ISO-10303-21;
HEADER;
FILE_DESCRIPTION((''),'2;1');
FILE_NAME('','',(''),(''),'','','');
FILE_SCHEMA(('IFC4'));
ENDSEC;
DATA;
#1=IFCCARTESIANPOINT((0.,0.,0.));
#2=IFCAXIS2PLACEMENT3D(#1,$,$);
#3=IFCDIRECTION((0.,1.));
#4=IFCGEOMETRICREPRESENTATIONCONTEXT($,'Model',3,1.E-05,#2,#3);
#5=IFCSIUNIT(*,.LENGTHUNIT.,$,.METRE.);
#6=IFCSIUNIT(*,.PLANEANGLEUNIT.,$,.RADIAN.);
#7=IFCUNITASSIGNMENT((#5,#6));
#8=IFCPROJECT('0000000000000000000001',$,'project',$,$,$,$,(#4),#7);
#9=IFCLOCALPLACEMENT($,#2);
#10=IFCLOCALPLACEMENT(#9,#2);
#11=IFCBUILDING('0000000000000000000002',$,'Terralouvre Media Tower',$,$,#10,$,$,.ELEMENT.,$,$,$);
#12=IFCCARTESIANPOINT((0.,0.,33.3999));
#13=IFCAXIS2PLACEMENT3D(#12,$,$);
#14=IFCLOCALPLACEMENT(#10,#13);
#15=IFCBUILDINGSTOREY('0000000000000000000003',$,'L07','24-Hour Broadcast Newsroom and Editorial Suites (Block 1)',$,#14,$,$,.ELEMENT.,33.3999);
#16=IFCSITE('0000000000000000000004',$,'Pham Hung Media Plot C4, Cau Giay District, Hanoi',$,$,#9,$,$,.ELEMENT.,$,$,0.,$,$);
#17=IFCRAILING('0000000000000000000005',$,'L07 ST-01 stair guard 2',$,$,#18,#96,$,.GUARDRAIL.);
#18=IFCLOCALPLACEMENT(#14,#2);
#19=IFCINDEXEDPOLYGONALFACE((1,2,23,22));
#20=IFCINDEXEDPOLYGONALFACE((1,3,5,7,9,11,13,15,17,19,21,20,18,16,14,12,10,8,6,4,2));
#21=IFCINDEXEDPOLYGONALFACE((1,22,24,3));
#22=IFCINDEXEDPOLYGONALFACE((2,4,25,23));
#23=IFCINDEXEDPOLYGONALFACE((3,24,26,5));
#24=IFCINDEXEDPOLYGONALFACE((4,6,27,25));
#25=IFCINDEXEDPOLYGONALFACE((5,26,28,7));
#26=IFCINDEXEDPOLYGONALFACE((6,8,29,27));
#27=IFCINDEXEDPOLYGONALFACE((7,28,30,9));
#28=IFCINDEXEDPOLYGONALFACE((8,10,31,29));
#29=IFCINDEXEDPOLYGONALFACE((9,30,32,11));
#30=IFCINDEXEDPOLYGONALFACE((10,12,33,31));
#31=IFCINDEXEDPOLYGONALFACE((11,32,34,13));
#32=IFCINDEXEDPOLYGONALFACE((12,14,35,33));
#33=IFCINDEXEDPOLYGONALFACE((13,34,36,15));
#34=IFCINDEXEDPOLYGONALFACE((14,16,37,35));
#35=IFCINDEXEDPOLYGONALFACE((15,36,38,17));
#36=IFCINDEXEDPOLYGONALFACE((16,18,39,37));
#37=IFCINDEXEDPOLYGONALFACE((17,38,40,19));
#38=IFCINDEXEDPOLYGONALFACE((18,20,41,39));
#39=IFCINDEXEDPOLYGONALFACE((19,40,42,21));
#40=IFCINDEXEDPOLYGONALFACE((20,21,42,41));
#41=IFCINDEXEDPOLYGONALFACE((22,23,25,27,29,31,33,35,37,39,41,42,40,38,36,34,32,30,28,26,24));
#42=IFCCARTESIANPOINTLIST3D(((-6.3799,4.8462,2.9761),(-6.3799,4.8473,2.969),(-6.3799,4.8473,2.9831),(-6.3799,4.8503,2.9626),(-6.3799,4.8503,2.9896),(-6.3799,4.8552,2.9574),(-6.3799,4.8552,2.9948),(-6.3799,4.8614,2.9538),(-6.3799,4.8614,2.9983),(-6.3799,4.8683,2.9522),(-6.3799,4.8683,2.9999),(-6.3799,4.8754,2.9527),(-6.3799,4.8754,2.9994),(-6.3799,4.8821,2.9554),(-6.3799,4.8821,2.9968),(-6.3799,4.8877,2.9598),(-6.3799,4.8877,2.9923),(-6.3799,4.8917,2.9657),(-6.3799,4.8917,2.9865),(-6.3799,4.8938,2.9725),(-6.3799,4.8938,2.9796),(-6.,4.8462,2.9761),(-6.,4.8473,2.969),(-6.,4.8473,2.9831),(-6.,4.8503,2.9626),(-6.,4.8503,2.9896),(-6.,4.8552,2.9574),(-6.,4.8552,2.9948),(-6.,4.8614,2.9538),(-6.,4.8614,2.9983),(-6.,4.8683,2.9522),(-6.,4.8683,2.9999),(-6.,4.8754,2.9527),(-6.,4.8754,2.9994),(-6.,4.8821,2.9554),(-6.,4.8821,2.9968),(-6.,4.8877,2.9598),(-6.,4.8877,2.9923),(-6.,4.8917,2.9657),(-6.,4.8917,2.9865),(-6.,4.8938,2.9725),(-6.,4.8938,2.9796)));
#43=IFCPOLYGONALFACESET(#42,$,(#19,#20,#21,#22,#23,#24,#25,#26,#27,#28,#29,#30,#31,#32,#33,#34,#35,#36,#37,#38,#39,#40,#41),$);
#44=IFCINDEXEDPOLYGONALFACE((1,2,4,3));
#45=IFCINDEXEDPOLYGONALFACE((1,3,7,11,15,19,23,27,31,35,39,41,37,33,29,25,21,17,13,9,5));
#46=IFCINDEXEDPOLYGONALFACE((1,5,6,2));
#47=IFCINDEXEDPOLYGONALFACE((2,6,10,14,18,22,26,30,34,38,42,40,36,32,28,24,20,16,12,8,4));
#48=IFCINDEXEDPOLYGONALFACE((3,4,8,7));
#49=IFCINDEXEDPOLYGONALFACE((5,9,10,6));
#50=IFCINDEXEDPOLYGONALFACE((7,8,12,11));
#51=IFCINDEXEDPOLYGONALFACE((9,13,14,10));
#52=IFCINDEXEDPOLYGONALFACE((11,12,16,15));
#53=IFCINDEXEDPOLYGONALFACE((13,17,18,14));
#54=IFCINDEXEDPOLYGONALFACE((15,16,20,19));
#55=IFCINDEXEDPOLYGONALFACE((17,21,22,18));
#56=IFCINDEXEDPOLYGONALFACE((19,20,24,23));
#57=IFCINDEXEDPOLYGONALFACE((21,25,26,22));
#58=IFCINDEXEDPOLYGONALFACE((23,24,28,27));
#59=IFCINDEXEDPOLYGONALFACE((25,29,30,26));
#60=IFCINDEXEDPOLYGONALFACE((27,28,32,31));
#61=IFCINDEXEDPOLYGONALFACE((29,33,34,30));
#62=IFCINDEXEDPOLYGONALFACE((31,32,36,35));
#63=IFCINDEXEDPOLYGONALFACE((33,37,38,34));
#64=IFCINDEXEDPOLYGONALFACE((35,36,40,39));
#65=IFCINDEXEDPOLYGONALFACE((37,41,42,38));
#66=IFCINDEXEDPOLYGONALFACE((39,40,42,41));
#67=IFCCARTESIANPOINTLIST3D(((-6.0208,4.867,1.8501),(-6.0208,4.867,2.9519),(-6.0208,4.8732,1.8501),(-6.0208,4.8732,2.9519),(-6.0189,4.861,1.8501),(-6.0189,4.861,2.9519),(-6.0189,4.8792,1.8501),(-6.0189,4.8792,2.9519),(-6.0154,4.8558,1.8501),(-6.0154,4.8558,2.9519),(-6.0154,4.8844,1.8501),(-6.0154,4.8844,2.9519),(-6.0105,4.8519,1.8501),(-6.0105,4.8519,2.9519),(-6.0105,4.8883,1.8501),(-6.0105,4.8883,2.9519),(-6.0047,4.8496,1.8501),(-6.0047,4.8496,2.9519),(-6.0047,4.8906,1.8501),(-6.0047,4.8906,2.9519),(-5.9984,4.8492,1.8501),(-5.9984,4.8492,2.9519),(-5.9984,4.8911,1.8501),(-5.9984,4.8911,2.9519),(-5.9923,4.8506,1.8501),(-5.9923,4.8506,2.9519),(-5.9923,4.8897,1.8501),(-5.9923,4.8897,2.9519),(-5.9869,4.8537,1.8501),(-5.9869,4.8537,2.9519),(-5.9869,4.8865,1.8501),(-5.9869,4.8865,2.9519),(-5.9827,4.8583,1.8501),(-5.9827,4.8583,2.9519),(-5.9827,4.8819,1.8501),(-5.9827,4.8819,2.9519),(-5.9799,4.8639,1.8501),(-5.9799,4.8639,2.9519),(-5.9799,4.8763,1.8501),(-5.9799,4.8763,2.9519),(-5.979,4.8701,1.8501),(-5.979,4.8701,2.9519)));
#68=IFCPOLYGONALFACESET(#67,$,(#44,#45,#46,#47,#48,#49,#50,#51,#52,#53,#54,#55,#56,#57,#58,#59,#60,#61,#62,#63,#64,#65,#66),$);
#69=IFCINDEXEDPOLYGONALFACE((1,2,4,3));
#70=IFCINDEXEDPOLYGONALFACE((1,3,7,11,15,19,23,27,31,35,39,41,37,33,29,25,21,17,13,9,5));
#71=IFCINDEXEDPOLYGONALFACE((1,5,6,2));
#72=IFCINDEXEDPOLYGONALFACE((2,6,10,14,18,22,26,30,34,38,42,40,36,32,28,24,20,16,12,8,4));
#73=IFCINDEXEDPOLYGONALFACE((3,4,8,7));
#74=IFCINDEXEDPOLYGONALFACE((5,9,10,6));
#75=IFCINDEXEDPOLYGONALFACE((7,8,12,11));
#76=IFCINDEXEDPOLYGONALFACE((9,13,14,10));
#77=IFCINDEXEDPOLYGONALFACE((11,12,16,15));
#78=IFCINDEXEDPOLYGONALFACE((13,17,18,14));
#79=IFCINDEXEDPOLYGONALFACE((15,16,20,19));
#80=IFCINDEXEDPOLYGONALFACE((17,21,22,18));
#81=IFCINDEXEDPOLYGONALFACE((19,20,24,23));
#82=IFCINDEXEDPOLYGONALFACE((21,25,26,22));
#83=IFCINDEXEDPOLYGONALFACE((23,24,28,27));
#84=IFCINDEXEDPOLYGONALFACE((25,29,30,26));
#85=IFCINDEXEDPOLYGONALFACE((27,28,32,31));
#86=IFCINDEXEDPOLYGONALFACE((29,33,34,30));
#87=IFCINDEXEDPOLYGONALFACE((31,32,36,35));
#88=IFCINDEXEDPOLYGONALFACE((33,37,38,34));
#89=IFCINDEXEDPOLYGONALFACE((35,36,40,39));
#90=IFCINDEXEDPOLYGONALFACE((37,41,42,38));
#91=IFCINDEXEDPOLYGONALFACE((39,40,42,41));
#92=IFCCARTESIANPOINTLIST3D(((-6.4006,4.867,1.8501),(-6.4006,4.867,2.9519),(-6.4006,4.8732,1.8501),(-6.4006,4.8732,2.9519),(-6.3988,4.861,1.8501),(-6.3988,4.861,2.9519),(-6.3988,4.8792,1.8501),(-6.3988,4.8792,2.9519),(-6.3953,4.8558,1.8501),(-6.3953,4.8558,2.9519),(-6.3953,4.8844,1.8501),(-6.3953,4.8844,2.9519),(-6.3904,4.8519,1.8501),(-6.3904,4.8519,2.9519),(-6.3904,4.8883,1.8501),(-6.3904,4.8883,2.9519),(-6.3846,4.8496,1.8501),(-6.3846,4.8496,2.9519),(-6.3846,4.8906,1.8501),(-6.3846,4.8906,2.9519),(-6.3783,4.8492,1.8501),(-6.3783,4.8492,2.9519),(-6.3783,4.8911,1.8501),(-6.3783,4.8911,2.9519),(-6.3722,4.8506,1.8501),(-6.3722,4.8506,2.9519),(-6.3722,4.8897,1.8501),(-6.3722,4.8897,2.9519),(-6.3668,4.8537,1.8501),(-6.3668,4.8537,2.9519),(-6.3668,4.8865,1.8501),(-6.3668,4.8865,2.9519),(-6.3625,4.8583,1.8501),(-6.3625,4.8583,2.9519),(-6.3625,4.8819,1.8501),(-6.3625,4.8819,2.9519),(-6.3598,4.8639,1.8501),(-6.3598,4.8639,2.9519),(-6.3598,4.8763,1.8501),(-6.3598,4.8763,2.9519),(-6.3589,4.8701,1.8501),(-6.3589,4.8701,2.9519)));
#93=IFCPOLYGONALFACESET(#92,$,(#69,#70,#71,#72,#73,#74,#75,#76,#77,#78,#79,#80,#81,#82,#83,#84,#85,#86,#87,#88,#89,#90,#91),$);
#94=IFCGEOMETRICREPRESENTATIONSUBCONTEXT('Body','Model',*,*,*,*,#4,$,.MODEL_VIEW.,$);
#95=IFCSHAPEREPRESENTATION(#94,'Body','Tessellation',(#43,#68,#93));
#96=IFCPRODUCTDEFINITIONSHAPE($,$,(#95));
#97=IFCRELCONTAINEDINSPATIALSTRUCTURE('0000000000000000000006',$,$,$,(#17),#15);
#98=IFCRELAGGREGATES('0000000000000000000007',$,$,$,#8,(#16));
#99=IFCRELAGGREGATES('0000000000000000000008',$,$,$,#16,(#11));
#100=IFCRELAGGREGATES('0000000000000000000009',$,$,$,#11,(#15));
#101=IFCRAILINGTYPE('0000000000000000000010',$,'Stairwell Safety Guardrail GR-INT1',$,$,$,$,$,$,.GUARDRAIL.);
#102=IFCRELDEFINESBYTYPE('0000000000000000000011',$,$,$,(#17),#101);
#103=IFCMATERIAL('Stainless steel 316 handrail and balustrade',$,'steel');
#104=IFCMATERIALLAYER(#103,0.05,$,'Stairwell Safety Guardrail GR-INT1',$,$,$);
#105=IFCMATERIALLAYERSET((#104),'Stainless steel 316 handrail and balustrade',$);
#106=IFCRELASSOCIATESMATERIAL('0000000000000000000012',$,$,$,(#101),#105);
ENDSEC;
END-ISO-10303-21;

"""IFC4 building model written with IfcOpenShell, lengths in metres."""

from ifc_helpers import new_model, si_unit, direction, frame, origin, origin_2d, place, context, subcontext, project, spatial, circle, extrude, material, layer, layer_set, type_object, element, save


model = new_model("IFC4")

# Units and contexts
model_context = context("Model", 3, precision=1e-05, world=origin(), true_north=direction((0.0, 1.0)))
body_context = subcontext(model_context, "Body", "Model", "MODEL_VIEW")
ifc_project = project(units=[si_unit("LENGTHUNIT", "METRE"), si_unit("PLANEANGLEUNIT", "RADIAN")], contexts=[model_context])

# Site, building, storey
site_placement = place(None, origin())
site = spatial("IfcSite", under=ifc_project, at=site_placement, Name="Pham Hung Media Plot C4, Cau Giay District, Hanoi", CompositionType="ELEMENT", RefElevation=0.0)
building_placement = place(site_placement, origin())
building = spatial("IfcBuilding", under=site, at=building_placement, Name="Terralouvre Media Tower", CompositionType="ELEMENT")
storey_placement = place(building_placement, frame((0.0, 0.0, 33.3999)))
storey = spatial("IfcBuildingStorey", under=building, at=storey_placement, Name="L07", Description="24-Hour Broadcast Newsroom and Editorial Suites (Block 1)", CompositionType="ELEMENT", Elevation=33.3999)

# Railing
ifc_material_1 = material(Name="Stainless steel 316 handrail and balustrade", Category="steel")
ifc_layer_1 = layer(ifc_material_1, 0.05, Name="Stairwell Safety Guardrail GR-INT1")
ifc_layer_set_1 = layer_set([ifc_layer_1], Name="Stainless steel 316 handrail and balustrade")
railing_type_1 = type_object("IfcRailingType", Name="Stairwell Safety Guardrail GR-INT1", PredefinedType="GUARDRAIL", material=ifc_layer_set_1)
railing_1_placement = place(storey_placement, frame((-6.0, 4.8701, 1.8501)))
element("IfcRailing", 1, at=railing_1_placement, inside=storey, type_object=railing_type_1, Name="L07 ST-01 stair guard 2", PredefinedType="GUARDRAIL", context=body_context, shape_type="SweptSolid", body=[
    extrude(circle(Radius=0.0239, at=origin_2d()), frame((0.0, 0.0, 1.126), z_axis=(-1.0, 0.0, 0.0), x_axis=(0.0, -1.0, 0.0)), (0.0, 0.0, 1.0), 0.3799),
    extrude(circle(Radius=0.021, at=origin_2d()), origin(), (0.0, 0.0, 1.0), 1.1018),
    extrude(circle(Radius=0.021, at=origin_2d()), frame((-0.3799, 0.0, 0.0)), (0.0, 0.0, 1.0), 1.1018),
])

save(model, "model.ifc")
